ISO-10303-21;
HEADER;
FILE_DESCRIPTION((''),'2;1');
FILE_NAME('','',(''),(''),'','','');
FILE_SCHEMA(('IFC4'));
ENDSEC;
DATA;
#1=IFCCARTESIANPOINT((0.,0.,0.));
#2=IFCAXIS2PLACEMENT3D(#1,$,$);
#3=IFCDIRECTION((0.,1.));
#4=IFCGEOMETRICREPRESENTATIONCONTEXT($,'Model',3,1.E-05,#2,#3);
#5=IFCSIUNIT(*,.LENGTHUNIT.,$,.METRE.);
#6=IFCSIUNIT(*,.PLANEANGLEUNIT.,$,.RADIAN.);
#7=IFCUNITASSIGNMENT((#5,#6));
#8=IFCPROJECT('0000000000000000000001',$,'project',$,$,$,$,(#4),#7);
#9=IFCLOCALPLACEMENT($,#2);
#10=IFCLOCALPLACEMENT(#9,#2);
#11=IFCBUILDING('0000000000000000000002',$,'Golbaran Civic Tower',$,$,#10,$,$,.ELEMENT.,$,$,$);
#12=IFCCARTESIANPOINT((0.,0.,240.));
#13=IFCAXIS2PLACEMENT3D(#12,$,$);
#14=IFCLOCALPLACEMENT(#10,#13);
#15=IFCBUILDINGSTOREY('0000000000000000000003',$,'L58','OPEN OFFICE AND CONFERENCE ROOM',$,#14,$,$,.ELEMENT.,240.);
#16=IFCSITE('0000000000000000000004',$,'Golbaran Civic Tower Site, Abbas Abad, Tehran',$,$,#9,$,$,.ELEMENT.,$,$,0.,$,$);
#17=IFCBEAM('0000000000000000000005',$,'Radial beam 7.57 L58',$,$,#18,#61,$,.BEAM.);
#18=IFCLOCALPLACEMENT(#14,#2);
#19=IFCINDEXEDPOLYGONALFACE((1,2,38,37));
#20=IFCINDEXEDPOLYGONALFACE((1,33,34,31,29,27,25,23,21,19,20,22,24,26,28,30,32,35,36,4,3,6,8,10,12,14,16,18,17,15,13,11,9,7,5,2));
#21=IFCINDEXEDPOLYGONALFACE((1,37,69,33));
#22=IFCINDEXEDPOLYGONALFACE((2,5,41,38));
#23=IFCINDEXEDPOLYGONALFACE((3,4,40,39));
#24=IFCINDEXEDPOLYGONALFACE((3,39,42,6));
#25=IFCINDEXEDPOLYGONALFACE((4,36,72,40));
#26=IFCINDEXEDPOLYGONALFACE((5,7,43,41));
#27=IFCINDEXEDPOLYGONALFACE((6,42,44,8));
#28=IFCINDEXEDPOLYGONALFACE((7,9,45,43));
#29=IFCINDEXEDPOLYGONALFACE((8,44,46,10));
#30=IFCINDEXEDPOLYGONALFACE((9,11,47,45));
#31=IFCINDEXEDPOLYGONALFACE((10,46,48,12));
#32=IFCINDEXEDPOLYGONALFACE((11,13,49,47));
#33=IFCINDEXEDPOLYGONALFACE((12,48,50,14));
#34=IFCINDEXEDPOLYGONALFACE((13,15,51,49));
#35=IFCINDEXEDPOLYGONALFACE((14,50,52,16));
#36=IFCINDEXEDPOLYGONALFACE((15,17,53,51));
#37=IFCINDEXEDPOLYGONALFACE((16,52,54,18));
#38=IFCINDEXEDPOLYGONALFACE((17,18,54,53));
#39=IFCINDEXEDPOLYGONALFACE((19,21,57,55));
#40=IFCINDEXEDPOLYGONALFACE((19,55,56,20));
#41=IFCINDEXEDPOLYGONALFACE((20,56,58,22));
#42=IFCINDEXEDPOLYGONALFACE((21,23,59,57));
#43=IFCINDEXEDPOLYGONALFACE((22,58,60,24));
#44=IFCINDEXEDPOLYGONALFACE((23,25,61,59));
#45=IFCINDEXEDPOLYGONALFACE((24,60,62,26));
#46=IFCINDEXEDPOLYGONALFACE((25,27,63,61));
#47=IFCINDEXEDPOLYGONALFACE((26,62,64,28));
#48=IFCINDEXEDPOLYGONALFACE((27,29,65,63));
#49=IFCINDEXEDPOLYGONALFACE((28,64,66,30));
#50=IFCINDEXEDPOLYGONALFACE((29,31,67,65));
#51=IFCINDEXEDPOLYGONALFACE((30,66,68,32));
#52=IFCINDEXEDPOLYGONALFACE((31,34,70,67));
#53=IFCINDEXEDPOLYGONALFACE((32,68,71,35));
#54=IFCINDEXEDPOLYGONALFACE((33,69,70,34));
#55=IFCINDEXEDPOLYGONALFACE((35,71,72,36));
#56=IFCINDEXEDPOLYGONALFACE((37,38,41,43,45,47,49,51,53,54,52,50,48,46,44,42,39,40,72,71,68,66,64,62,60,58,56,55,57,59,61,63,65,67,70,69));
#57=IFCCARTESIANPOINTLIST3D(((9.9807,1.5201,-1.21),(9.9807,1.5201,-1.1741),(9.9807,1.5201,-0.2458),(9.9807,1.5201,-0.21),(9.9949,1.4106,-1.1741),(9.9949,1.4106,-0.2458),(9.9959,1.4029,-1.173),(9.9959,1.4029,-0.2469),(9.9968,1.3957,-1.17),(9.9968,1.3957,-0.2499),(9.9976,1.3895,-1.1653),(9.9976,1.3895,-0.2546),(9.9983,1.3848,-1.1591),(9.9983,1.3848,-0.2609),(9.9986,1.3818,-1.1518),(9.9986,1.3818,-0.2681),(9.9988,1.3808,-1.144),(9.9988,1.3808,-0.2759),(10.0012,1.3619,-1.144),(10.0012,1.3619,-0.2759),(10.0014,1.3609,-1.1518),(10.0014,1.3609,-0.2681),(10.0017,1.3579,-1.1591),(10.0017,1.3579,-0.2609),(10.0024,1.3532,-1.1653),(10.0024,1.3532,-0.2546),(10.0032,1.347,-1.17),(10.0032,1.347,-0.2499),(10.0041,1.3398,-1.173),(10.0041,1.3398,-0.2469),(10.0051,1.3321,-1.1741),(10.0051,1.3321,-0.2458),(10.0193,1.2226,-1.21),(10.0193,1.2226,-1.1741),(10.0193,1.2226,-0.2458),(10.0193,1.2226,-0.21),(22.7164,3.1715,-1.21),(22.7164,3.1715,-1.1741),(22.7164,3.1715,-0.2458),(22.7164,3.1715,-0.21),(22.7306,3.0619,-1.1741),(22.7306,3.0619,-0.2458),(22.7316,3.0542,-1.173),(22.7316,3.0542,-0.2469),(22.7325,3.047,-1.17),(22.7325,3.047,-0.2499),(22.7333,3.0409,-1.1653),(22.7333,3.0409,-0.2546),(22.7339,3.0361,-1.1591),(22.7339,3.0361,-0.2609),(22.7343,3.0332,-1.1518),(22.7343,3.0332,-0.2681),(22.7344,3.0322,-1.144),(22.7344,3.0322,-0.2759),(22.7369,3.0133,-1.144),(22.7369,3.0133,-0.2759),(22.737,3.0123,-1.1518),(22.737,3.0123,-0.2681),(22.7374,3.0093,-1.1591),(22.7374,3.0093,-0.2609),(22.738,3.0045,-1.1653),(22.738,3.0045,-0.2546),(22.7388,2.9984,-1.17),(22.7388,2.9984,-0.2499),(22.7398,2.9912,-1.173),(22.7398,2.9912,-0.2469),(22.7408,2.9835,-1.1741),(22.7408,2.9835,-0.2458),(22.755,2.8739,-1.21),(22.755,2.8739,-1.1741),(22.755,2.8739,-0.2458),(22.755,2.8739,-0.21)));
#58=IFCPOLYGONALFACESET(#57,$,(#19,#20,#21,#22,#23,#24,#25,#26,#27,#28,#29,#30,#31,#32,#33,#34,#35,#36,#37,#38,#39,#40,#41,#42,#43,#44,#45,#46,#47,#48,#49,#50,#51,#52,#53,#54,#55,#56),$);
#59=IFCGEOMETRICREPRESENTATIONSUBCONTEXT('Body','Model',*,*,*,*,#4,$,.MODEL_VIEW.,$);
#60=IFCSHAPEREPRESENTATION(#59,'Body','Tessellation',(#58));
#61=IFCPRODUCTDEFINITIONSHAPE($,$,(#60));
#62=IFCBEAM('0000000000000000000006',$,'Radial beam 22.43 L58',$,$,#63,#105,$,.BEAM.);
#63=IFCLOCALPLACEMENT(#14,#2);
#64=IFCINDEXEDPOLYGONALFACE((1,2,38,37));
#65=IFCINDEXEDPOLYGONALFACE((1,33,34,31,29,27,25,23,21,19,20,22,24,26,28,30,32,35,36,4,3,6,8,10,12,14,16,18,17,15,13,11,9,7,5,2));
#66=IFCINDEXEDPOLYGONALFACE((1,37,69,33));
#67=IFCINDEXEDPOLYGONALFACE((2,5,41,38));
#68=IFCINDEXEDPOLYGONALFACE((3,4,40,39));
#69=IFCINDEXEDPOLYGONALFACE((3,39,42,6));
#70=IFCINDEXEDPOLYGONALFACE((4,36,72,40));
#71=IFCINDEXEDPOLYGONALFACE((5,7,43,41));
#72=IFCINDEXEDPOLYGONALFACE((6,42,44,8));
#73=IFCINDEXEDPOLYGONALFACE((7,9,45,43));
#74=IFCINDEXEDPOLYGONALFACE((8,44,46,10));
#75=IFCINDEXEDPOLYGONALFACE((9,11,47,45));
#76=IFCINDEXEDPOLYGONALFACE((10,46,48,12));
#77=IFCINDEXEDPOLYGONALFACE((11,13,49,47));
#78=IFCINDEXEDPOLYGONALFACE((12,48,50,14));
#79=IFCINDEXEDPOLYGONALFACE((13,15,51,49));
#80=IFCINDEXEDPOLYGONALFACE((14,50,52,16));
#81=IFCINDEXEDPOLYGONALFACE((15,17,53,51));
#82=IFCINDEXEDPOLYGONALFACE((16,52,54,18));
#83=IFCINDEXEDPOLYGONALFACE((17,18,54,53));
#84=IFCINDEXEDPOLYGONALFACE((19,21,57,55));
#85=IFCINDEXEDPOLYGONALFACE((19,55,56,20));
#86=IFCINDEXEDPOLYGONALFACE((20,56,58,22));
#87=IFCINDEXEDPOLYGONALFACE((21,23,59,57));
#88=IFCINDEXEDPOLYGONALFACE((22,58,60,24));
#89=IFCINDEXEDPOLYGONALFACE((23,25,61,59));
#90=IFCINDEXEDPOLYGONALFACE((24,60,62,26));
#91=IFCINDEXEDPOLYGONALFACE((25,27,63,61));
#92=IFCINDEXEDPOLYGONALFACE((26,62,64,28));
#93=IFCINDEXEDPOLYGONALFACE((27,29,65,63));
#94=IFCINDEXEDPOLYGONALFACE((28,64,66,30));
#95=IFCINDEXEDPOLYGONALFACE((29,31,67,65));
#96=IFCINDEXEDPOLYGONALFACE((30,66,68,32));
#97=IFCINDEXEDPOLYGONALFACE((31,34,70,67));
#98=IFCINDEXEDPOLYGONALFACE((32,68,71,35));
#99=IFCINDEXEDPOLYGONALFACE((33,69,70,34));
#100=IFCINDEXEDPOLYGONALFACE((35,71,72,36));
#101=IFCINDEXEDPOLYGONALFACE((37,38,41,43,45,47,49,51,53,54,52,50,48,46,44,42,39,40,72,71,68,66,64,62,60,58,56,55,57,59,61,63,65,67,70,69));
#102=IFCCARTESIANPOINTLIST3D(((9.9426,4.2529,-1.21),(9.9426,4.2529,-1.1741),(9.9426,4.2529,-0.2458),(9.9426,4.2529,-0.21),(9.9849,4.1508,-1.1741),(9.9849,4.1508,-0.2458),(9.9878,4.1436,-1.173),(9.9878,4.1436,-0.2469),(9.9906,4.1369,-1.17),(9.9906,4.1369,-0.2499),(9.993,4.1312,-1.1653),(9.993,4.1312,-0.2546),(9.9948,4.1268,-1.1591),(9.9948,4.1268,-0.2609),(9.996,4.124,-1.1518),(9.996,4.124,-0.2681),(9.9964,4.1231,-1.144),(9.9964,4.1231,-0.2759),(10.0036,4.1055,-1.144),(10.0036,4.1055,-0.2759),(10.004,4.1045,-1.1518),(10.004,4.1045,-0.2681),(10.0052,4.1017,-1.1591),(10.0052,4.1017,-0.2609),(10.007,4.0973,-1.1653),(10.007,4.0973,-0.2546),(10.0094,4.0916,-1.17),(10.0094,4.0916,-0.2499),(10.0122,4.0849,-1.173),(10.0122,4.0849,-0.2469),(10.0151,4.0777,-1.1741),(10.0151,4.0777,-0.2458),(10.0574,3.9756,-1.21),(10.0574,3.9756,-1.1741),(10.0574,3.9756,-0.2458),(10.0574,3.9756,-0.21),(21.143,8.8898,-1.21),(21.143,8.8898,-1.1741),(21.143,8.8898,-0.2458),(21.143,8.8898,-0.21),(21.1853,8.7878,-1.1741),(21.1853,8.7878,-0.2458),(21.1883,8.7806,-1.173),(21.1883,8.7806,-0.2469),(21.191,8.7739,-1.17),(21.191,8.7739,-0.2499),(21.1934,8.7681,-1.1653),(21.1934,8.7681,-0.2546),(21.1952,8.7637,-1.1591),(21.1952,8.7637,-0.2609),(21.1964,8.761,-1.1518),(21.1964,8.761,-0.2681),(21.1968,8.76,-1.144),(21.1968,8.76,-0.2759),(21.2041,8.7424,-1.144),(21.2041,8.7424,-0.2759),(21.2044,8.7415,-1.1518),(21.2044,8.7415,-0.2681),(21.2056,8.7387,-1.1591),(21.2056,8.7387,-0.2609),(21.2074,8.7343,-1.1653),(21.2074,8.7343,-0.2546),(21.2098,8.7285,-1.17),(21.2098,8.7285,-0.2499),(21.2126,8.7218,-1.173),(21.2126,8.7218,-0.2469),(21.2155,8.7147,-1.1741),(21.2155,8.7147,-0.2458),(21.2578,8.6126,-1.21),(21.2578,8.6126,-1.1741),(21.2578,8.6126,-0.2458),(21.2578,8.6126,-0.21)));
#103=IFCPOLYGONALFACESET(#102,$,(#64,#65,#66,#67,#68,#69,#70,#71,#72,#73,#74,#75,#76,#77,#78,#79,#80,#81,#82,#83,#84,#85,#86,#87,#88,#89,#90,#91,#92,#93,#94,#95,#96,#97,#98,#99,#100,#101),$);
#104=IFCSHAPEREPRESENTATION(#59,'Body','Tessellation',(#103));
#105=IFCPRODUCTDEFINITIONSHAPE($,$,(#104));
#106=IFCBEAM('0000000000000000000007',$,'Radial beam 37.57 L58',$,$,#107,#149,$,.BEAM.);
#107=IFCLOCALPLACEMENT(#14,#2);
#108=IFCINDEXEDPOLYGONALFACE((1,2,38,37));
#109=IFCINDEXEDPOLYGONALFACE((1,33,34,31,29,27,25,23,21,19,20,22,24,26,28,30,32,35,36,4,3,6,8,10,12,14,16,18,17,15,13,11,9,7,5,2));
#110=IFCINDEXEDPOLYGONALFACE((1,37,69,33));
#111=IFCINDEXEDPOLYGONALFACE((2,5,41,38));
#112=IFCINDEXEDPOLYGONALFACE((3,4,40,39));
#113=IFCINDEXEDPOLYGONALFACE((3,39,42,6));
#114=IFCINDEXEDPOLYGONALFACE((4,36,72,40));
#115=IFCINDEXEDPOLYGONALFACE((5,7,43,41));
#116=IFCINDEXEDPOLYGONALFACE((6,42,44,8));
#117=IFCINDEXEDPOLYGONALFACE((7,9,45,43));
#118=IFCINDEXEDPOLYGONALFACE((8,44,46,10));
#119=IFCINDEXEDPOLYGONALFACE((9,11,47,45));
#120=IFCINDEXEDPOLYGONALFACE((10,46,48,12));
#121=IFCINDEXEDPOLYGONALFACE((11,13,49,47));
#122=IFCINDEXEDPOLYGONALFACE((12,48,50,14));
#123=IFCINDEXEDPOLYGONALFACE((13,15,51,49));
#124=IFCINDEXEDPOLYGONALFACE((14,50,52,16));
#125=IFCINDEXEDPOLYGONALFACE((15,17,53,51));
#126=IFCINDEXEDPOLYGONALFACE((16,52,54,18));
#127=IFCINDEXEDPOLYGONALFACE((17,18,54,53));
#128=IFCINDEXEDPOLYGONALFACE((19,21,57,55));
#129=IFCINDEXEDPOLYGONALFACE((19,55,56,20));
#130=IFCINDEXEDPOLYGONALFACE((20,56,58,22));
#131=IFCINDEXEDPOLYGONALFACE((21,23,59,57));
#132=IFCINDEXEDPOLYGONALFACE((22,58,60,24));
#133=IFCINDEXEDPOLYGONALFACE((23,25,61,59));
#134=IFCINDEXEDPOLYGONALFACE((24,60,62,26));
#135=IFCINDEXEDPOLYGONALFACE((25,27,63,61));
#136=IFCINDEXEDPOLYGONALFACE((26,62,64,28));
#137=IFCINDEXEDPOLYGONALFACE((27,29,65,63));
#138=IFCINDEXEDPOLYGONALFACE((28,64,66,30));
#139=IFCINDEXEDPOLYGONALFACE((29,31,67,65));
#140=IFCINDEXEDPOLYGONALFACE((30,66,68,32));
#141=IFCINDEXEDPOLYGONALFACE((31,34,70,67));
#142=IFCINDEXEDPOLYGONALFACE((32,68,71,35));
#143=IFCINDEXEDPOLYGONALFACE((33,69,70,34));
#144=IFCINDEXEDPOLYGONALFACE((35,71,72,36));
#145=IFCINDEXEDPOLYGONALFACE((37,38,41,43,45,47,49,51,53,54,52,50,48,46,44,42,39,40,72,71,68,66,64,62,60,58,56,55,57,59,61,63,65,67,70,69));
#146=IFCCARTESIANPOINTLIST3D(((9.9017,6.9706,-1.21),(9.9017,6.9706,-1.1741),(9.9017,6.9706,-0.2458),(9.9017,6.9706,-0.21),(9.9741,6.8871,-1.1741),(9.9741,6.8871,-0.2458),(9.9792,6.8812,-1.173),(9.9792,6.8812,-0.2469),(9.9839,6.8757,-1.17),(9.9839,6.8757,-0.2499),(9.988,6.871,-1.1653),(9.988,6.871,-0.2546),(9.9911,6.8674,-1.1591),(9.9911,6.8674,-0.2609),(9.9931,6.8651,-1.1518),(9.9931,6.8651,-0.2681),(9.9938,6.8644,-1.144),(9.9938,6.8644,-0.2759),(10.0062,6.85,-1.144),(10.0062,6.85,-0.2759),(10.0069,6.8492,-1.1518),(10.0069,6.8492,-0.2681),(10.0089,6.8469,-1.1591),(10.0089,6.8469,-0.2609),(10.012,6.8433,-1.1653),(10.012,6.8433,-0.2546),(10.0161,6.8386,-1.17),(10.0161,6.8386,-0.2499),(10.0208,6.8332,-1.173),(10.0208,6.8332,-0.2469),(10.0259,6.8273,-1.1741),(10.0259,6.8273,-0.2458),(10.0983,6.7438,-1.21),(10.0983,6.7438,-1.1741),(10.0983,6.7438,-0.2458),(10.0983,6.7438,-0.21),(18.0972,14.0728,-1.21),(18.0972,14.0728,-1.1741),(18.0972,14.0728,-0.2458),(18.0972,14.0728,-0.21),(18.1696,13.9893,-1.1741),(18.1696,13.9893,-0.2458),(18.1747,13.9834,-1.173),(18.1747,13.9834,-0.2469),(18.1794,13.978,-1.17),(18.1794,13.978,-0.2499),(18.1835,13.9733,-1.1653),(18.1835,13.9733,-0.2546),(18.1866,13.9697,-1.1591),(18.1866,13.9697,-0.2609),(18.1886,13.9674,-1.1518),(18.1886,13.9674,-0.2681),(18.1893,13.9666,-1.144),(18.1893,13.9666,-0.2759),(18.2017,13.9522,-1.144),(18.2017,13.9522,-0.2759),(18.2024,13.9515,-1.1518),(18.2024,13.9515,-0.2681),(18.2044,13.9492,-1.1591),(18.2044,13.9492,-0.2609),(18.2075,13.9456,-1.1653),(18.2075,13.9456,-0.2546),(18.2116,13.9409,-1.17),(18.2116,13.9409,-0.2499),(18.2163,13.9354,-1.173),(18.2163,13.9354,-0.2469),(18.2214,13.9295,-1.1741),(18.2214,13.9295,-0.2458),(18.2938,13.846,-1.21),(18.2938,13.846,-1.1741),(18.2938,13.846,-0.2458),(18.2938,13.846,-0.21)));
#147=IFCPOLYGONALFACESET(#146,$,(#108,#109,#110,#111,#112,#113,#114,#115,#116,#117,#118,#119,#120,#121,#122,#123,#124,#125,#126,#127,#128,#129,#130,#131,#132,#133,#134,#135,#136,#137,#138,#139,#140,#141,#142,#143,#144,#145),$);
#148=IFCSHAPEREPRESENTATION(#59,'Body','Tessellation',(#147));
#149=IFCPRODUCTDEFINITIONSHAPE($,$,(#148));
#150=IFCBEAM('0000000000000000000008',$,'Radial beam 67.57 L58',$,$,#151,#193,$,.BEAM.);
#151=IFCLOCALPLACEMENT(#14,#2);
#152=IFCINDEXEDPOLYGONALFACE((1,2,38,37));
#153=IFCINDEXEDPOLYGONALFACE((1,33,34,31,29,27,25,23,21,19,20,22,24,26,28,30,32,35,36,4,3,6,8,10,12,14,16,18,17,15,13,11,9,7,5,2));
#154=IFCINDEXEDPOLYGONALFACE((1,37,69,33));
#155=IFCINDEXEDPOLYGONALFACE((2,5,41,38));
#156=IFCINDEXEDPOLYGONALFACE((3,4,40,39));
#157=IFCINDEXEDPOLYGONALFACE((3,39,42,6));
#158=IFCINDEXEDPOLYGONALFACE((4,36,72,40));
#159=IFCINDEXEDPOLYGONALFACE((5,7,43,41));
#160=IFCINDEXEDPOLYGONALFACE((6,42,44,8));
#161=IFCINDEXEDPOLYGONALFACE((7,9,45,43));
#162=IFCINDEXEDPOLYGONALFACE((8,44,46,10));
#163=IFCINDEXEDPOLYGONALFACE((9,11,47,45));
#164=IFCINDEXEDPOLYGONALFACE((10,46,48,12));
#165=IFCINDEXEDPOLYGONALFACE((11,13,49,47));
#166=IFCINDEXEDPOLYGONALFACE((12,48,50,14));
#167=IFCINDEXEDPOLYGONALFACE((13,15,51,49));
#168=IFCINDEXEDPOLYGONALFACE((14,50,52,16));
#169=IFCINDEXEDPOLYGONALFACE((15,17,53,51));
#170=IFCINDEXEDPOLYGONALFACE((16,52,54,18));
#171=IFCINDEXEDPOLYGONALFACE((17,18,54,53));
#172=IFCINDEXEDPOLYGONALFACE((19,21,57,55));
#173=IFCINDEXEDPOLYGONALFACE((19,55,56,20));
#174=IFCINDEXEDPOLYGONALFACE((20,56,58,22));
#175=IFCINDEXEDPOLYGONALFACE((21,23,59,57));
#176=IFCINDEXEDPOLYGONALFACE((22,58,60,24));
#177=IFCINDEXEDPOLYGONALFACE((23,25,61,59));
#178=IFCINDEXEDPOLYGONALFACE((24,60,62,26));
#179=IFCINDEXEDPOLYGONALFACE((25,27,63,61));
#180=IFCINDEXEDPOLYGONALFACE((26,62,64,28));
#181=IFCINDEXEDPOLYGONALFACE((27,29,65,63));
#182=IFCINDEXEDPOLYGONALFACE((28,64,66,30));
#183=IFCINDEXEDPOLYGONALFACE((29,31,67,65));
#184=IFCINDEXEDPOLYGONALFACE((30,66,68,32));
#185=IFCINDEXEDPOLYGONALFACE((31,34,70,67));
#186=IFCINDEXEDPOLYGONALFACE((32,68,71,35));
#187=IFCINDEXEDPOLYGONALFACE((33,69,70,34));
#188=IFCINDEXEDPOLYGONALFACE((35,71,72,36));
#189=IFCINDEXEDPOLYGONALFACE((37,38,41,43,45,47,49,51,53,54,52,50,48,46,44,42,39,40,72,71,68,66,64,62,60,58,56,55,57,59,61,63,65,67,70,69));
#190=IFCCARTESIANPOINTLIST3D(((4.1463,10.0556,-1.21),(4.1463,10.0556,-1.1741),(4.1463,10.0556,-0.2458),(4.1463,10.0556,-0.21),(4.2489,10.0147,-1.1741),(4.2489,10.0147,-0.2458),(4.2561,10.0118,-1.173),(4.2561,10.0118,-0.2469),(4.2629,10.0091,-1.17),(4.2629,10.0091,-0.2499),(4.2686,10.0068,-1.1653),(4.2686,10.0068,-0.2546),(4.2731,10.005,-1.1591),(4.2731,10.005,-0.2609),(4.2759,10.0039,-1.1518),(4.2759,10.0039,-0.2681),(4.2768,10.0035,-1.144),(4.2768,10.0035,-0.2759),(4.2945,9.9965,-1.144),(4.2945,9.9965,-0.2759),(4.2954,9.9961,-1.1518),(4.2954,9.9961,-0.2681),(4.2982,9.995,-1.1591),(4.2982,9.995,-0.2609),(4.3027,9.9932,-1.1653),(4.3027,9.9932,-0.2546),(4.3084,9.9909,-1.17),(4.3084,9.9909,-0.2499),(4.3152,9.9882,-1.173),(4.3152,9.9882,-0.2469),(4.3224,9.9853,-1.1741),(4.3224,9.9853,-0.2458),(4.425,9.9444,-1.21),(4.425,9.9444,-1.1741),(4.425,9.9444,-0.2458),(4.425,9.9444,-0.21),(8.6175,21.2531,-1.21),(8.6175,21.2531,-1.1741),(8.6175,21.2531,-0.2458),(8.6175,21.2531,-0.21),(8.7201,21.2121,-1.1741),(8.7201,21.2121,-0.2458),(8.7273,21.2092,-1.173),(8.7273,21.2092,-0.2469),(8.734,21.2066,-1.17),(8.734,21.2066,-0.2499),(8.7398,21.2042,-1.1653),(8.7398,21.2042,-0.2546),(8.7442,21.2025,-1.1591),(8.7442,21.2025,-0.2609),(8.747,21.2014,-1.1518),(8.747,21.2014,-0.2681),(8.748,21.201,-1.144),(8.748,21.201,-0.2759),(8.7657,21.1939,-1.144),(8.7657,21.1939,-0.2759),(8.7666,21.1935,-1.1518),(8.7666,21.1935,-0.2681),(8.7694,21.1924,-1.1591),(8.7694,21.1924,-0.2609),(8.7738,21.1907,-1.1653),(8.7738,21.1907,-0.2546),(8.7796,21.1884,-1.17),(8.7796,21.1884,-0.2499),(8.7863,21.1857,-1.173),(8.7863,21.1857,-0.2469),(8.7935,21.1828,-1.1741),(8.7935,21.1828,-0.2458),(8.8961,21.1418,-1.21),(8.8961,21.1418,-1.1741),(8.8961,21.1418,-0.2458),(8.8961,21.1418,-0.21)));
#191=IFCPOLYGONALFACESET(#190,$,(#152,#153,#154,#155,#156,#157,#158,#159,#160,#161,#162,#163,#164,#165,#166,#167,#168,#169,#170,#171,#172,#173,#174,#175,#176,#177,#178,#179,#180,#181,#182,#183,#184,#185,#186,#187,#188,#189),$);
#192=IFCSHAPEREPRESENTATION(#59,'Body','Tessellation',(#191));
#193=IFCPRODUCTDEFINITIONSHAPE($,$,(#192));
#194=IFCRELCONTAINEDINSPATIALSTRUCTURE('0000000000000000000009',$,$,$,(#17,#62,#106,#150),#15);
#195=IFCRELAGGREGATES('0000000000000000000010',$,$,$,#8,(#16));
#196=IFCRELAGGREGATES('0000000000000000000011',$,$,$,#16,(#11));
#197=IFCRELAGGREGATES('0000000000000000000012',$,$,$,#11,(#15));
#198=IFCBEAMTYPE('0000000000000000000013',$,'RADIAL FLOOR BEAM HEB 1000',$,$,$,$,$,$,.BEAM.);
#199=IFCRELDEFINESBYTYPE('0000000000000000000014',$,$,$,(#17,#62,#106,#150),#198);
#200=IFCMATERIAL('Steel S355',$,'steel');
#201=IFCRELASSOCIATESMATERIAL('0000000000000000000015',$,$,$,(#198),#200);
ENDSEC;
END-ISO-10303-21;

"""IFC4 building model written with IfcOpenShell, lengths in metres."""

from ifc_helpers import new_model, si_unit, direction, frame, origin, origin_2d, place, context, subcontext, project, spatial, i_section, extrude, material, material_profile, profile_set, type_object, element, save


model = new_model("IFC4")

# Units and contexts
model_context = context("Model", 3, precision=1e-05, world=origin(), true_north=direction((0.0, 1.0)))
body_context = subcontext(model_context, "Body", "Model", "MODEL_VIEW")
ifc_project = project(units=[si_unit("LENGTHUNIT", "METRE"), si_unit("PLANEANGLEUNIT", "RADIAN")], contexts=[model_context])

# Site, building, storey
site_placement = place(None, origin())
site = spatial("IfcSite", under=ifc_project, at=site_placement, Name="Golbaran Civic Tower Site, Abbas Abad, Tehran", CompositionType="ELEMENT", RefElevation=0.0)
building_placement = place(site_placement, origin())
building = spatial("IfcBuilding", under=site, at=building_placement, Name="Golbaran Civic Tower", CompositionType="ELEMENT")
storey_placement = place(building_placement, frame((0.0, 0.0, 240.0)))
storey = spatial("IfcBuildingStorey", under=building, at=storey_placement, Name="L58", Description="OPEN OFFICE AND CONFERENCE ROOM", CompositionType="ELEMENT", Elevation=240.0)

# Beams
ifc_material_1 = material(Name="Steel S355", Category="steel")
ifc_material_profile = material_profile(ifc_material_1, i_section(OverallWidth=0.3, OverallDepth=1.0, WebThickness=0.019, FlangeThickness=0.0359, FilletRadius=0.03, at=origin_2d()), Name="HEB 1000")
ifc_profile_set = profile_set([ifc_material_profile], Name="Steel S355")
beam_type = type_object("IfcBeamType", Name="RADIAL FLOOR BEAM HEB 1000", PredefinedType="BEAM", material=ifc_profile_set)
beam_1_placement = place(storey_placement, frame((10.0, 1.3713, -0.71), z_axis=(0.991698, 0.128589, 0.0), x_axis=(-0.128589, 0.991698, 0.0)))
element("IfcBeam", 1, at=beam_1_placement, inside=storey, type_object=beam_type, Name="Radial beam 7.57 L58", PredefinedType="BEAM", context=body_context, shape_type="SweptSolid", body=[
    extrude(i_section(OverallWidth=0.3, OverallDepth=1.0, WebThickness=0.019, FlangeThickness=0.0359, FilletRadius=0.03, at=origin_2d()), origin(), (0.0, 0.0, 1.0), 12.8423),
])
beam_2_placement = place(storey_placement, frame((10.0, 4.1143, -0.71), z_axis=(0.92395, 0.382514, 0.0), x_axis=(-0.382514, 0.92395, 0.0)))
element("IfcBeam", 2, at=beam_2_placement, inside=storey, type_object=beam_type, Name="Radial beam 22.43 L58", PredefinedType="BEAM", context=body_context, shape_type="SweptSolid", body=[
    extrude(i_section(OverallWidth=0.3, OverallDepth=1.0, WebThickness=0.019, FlangeThickness=0.0359, FilletRadius=0.03, at=origin_2d()), origin(), (0.0, 0.0, 1.0), 12.1223),
])
beam_3_placement = place(storey_placement, frame((10.0, 6.8572, -0.71), z_axis=(0.755713, 0.654903, 0.0), x_axis=(-0.654903, 0.755713, 0.0)))
element("IfcBeam", 3, at=beam_3_placement, inside=storey, type_object=beam_type, Name="Radial beam 37.57 L58", PredefinedType="BEAM", context=body_context, shape_type="SweptSolid", body=[
    extrude(i_section(OverallWidth=0.3, OverallDepth=1.0, WebThickness=0.019, FlangeThickness=0.0359, FilletRadius=0.03, at=origin_2d()), origin(), (0.0, 0.0, 1.0), 10.8447),
])
beam_4_placement = place(storey_placement, frame((4.2856, 10.0, -0.71), z_axis=(0.370832, 0.9287, 0.0), x_axis=(-0.9287, 0.370832, 0.0)))
element("IfcBeam", 4, at=beam_4_placement, inside=storey, type_object=beam_type, Name="Radial beam 67.57 L58", PredefinedType="BEAM", context=body_context, shape_type="SweptSolid", body=[
    extrude(i_section(OverallWidth=0.3, OverallDepth=1.0, WebThickness=0.019, FlangeThickness=0.0359, FilletRadius=0.03, at=origin_2d()), origin(), (0.0, 0.0, 1.0), 12.0571),
])

save(model, "model.ifc")
